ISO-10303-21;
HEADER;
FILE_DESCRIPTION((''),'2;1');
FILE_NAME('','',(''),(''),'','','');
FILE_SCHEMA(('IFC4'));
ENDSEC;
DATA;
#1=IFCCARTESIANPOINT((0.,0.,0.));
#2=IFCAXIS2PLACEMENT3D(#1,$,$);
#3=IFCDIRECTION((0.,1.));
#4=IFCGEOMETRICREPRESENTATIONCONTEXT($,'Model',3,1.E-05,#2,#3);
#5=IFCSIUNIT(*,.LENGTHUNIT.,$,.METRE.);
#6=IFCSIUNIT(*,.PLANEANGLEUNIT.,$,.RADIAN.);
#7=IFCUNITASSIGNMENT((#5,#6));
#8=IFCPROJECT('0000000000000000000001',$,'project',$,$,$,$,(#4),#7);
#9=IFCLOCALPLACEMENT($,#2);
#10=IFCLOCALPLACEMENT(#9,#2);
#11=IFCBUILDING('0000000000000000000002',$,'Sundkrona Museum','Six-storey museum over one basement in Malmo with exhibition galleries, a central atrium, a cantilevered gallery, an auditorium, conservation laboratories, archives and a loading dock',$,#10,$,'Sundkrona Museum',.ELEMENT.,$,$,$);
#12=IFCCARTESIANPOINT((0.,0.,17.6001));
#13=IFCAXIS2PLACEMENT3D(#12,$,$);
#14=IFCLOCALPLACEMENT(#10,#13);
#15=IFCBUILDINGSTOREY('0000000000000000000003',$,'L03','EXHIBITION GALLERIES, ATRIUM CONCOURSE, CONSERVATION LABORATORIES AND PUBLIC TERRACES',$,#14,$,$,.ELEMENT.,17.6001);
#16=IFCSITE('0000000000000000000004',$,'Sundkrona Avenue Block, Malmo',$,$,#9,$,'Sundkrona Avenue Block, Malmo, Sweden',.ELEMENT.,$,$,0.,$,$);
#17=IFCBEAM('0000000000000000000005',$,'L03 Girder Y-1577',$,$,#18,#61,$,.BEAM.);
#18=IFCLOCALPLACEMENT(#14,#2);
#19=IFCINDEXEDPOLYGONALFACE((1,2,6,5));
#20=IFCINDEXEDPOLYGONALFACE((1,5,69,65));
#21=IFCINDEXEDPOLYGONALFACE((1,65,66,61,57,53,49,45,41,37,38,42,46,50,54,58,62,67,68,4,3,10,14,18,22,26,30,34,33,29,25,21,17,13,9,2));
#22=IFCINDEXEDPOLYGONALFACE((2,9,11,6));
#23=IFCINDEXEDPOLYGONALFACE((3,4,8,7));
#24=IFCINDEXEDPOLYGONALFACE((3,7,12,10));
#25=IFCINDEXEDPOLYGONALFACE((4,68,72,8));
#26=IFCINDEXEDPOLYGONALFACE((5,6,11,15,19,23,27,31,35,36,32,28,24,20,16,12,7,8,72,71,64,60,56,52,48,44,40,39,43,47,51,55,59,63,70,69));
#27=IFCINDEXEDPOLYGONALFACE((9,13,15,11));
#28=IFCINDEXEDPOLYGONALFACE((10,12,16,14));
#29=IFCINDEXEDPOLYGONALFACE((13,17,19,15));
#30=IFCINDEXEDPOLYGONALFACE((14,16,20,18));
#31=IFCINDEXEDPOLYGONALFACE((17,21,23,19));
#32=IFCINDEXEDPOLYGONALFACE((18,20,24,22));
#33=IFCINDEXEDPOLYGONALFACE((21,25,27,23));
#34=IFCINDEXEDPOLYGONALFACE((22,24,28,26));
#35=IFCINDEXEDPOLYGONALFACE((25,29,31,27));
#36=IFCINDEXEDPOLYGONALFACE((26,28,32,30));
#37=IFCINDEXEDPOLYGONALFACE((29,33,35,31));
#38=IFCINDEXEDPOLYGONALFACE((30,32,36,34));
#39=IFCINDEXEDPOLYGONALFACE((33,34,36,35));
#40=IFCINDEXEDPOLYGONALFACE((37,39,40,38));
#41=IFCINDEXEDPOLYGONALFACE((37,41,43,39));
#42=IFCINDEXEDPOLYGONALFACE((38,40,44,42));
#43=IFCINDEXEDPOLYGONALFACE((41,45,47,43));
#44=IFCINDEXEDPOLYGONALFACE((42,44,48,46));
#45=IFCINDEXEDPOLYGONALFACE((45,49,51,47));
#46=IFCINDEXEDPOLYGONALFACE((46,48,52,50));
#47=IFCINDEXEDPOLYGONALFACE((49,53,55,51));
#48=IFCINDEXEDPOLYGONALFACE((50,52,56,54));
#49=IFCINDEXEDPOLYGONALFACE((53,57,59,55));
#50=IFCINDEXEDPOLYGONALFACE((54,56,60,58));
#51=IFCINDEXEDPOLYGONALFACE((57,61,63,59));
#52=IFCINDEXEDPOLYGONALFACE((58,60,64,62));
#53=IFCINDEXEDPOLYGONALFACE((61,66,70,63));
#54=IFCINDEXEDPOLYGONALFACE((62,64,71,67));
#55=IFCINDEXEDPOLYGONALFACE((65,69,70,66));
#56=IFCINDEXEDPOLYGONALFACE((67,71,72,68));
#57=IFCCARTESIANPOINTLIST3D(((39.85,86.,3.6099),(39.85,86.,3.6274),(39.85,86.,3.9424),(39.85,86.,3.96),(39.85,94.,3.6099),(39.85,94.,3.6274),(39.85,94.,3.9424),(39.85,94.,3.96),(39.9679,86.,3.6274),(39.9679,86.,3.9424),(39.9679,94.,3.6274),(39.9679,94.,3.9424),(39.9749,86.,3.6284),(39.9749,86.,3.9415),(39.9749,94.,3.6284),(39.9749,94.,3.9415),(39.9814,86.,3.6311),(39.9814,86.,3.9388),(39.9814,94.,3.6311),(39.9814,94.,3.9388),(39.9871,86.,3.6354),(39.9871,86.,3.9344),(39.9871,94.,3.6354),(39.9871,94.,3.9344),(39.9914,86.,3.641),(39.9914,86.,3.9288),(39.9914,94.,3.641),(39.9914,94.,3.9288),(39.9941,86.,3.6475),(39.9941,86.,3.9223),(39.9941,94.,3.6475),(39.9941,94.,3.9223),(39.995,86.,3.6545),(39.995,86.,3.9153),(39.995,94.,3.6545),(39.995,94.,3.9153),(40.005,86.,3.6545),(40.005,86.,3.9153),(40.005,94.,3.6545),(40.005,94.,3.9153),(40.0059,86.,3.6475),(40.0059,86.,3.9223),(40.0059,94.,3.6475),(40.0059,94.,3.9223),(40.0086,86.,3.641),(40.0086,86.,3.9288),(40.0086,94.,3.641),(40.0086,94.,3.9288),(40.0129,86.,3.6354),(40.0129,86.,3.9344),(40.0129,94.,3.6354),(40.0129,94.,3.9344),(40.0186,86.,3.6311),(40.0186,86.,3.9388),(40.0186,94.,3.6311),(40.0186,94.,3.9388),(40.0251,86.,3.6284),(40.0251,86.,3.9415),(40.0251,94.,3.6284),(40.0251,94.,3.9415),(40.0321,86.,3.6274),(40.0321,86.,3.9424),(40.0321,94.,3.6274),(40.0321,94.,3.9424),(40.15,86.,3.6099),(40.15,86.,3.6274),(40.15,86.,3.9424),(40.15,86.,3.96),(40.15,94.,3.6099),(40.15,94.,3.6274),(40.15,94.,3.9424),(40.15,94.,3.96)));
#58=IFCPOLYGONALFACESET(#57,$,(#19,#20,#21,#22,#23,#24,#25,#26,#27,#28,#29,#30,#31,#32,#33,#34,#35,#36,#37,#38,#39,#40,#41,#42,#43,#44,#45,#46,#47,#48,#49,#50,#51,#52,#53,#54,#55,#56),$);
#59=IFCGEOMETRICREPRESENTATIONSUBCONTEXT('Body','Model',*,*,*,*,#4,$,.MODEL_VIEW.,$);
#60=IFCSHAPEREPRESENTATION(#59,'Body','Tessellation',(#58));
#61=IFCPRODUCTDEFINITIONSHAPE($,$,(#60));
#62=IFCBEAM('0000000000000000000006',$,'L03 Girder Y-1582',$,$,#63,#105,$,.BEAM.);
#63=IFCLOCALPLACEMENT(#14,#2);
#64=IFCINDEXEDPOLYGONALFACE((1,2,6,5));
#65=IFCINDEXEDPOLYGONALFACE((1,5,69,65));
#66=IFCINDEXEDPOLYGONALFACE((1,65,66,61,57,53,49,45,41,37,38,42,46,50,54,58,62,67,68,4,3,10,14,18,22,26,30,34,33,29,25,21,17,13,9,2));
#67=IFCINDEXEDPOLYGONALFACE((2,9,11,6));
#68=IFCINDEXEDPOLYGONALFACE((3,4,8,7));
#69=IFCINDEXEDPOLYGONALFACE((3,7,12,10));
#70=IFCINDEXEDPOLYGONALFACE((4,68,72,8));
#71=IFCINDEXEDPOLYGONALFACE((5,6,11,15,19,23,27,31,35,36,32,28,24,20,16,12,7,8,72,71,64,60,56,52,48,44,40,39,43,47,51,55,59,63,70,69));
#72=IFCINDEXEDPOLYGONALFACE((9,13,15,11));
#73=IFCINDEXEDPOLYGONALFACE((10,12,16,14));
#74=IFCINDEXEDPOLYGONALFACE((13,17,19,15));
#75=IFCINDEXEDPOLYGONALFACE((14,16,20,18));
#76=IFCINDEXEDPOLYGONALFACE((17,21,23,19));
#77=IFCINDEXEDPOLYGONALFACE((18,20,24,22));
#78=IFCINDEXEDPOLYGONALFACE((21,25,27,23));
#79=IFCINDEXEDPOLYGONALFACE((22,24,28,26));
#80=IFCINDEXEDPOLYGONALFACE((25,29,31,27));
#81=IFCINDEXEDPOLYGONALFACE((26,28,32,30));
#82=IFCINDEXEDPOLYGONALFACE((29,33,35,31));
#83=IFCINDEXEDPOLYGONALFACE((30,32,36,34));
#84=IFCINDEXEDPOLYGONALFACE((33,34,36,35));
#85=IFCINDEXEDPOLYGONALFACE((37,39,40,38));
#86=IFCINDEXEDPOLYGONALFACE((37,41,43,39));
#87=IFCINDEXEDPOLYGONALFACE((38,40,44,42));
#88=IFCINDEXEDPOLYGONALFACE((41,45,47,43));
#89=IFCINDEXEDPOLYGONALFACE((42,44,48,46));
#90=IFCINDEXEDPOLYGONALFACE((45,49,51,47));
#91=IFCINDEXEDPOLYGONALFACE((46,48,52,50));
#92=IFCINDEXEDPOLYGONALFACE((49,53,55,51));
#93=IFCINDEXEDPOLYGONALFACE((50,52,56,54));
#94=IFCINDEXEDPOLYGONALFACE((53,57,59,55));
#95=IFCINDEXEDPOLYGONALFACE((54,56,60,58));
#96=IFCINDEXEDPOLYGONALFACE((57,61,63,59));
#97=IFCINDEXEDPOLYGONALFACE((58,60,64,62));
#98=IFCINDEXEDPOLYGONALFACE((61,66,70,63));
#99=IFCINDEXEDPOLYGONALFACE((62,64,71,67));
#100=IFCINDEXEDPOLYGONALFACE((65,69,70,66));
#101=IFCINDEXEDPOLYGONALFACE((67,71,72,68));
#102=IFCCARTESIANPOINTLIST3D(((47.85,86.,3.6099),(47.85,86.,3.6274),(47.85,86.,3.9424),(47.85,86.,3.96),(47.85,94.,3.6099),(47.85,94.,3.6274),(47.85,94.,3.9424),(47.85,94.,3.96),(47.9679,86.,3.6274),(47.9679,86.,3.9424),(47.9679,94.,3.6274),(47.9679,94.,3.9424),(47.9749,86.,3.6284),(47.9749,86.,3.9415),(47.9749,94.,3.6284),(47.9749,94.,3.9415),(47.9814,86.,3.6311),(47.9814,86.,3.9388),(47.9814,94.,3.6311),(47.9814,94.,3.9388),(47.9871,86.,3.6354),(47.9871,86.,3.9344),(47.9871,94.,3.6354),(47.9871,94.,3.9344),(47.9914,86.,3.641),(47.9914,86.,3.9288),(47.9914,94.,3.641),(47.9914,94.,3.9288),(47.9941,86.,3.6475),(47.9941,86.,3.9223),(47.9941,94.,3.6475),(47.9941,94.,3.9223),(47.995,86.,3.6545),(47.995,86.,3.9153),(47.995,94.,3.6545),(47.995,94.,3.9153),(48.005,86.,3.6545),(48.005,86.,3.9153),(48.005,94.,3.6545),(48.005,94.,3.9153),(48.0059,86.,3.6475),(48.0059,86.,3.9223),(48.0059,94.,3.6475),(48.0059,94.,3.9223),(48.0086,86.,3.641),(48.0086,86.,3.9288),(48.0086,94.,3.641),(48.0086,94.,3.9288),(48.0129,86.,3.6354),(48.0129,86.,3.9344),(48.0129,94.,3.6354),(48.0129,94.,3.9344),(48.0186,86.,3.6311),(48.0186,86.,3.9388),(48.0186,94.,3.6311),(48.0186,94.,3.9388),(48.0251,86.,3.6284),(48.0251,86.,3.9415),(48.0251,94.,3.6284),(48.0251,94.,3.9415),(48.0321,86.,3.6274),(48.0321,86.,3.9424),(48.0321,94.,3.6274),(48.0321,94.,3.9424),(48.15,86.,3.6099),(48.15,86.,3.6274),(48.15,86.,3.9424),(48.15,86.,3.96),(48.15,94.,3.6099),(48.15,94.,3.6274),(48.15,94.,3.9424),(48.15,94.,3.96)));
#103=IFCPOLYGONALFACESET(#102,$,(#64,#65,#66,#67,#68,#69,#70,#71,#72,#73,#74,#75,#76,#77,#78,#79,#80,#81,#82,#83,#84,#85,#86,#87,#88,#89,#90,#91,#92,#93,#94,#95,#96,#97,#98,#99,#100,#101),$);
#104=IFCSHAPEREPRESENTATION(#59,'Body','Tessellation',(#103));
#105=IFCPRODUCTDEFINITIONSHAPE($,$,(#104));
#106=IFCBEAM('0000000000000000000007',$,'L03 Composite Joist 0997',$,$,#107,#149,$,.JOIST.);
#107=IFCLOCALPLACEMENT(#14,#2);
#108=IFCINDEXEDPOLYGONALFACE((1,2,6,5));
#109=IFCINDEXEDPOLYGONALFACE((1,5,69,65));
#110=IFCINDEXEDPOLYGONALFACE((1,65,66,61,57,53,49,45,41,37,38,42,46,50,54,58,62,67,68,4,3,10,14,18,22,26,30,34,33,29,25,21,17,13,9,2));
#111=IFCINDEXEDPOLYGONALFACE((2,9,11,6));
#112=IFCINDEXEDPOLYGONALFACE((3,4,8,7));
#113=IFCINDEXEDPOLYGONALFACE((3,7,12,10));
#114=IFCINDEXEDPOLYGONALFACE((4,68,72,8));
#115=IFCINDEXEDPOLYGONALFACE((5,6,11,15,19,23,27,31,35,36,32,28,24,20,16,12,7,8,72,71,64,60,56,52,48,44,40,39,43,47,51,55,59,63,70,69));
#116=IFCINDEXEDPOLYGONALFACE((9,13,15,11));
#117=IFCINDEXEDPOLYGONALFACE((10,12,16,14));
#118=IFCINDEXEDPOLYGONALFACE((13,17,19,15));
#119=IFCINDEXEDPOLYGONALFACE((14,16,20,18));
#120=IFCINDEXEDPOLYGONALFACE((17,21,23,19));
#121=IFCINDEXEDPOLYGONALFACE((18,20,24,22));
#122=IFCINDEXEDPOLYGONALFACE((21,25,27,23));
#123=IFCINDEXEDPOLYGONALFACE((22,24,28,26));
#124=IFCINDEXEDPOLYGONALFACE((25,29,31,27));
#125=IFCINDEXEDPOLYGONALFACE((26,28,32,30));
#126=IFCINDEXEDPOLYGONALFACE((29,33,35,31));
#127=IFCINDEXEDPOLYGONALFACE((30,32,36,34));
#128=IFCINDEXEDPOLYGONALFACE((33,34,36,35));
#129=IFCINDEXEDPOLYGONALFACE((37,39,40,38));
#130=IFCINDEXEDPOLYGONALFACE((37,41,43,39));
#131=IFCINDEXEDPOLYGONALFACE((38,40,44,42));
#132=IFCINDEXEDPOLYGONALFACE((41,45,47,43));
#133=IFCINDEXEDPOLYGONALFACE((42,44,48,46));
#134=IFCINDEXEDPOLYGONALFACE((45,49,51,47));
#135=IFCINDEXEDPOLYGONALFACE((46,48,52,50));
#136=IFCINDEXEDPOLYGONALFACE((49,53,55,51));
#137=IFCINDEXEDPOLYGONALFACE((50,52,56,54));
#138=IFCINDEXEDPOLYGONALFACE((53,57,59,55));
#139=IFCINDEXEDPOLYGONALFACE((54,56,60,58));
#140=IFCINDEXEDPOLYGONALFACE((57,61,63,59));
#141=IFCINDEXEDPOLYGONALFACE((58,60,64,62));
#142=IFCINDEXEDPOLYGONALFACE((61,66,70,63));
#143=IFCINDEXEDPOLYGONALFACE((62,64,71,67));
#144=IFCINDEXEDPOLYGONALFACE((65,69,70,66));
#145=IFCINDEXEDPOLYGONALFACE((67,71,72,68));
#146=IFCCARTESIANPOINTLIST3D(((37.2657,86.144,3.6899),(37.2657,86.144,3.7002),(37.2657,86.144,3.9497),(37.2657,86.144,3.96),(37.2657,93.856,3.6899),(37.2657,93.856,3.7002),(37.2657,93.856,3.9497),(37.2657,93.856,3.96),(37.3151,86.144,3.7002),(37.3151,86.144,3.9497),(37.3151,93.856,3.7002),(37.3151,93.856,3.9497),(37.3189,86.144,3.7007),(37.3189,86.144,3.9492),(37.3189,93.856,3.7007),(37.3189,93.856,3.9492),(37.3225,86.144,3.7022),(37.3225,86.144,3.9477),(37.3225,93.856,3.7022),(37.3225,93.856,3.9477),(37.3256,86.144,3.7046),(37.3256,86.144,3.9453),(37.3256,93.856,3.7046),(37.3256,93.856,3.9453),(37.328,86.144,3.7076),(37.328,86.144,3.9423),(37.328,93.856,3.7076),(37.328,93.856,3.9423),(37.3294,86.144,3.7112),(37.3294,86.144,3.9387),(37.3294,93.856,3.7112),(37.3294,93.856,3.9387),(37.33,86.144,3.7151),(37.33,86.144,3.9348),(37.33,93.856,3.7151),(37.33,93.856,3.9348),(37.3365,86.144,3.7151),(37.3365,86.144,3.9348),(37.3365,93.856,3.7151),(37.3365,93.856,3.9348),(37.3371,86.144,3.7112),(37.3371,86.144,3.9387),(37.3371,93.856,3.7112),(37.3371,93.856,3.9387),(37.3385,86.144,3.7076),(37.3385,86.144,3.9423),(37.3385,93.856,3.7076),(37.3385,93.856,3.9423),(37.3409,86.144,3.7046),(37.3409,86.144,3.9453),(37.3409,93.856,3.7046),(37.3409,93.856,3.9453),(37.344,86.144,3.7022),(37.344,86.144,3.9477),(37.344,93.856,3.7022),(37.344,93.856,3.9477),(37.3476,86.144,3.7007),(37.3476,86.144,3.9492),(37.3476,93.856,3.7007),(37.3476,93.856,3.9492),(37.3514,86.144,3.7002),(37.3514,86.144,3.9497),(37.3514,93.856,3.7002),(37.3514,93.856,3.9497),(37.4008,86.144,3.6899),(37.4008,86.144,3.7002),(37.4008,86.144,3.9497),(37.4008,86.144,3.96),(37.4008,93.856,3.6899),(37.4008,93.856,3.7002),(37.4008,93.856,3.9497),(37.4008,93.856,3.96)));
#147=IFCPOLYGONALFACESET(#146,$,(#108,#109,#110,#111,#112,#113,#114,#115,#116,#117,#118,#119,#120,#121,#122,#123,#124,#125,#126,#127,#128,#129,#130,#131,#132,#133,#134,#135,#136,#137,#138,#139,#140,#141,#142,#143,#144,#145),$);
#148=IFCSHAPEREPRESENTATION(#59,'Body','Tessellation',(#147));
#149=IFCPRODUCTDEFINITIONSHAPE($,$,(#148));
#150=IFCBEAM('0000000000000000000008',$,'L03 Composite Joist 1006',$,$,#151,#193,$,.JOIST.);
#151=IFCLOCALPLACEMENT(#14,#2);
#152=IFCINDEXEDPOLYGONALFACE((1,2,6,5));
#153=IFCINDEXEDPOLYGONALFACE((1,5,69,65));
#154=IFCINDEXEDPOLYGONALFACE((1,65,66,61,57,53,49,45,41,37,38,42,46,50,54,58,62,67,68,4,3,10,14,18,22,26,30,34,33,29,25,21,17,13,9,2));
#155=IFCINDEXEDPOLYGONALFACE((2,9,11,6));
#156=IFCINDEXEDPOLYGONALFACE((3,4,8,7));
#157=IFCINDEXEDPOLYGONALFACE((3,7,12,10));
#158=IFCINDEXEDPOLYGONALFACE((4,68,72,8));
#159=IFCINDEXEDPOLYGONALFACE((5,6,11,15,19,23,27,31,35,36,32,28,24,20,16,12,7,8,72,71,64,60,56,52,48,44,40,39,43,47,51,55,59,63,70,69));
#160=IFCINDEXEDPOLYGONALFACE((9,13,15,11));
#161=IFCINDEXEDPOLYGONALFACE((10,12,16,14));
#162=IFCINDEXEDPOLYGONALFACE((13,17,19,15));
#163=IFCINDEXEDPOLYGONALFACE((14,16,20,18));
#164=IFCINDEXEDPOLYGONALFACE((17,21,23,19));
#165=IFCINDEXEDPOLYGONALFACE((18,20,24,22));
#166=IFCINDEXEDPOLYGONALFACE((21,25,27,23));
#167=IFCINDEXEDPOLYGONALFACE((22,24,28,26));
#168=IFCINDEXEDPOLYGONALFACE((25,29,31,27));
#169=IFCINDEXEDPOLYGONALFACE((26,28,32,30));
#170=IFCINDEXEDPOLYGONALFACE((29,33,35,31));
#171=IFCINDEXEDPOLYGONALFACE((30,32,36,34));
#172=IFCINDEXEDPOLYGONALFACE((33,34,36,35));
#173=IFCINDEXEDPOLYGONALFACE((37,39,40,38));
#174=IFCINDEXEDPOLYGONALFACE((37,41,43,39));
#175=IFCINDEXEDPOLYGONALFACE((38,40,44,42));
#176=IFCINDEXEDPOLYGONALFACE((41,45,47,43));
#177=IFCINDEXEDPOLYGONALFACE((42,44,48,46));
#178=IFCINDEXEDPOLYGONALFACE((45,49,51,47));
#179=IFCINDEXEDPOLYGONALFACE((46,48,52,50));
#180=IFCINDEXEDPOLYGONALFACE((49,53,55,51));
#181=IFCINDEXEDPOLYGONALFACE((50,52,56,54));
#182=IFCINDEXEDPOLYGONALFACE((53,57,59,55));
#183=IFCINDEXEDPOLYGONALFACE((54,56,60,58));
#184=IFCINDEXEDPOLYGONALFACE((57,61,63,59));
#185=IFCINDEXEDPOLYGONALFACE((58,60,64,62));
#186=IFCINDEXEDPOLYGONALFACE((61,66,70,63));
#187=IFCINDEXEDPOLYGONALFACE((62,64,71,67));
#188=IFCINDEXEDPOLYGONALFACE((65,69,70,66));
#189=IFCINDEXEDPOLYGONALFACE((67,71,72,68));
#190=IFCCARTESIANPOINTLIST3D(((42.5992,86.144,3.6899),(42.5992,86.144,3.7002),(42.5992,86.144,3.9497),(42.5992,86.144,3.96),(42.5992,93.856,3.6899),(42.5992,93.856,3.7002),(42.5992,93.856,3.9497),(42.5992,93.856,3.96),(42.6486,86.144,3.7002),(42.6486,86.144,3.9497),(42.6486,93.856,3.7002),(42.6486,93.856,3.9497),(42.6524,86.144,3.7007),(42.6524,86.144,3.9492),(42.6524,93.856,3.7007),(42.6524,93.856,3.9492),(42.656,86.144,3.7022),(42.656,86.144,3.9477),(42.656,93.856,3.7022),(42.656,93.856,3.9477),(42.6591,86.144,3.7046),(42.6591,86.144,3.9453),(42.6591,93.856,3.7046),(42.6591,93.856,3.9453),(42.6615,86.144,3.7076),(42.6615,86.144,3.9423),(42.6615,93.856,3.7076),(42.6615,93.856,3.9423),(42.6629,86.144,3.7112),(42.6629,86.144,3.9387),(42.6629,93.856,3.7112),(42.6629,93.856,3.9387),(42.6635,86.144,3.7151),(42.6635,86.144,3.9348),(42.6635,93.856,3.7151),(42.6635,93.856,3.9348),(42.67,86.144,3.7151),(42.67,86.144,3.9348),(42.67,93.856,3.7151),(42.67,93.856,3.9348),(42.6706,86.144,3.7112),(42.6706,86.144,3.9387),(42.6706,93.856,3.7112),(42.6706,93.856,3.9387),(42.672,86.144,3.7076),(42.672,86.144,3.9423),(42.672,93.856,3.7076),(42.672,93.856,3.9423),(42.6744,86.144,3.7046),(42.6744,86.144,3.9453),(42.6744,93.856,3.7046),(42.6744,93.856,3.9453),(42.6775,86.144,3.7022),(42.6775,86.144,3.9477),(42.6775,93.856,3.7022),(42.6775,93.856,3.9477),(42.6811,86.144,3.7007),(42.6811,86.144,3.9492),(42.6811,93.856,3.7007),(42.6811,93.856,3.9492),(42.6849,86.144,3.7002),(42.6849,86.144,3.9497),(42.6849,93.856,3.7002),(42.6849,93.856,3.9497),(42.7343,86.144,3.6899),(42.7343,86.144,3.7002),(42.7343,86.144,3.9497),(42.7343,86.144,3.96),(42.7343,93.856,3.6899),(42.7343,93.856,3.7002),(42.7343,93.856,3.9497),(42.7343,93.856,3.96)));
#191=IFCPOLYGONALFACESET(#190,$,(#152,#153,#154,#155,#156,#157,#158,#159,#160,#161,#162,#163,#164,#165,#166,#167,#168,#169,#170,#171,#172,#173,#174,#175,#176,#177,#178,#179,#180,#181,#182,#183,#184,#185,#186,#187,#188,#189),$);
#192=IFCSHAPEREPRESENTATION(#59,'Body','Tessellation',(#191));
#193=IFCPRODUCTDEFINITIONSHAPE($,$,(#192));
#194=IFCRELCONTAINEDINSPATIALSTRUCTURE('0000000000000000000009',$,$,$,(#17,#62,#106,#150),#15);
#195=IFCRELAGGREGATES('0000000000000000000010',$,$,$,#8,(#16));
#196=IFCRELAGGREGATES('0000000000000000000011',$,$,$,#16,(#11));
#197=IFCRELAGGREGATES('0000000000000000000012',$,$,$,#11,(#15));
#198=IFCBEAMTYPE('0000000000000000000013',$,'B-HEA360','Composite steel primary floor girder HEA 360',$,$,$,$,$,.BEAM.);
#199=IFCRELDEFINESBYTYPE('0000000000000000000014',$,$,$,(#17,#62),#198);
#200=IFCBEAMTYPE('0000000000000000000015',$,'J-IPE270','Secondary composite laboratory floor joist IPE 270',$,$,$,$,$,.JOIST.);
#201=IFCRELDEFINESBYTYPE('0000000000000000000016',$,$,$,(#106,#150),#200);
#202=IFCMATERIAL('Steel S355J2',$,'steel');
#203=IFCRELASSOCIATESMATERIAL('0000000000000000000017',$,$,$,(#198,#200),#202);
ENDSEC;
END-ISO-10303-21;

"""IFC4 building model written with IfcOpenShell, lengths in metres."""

from ifc_helpers import new_model, si_unit, direction, frame, origin, origin_2d, place, context, subcontext, project, spatial, i_section, extrude, material, material_profile, profile_set, type_object, element, save


model = new_model("IFC4")

# Units and contexts
model_context = context("Model", 3, precision=1e-05, world=origin(), true_north=direction((0.0, 1.0)))
body_context = subcontext(model_context, "Body", "Model", "MODEL_VIEW")
ifc_project = project(units=[si_unit("LENGTHUNIT", "METRE"), si_unit("PLANEANGLEUNIT", "RADIAN")], contexts=[model_context])

# Site, building, storey
site_placement = place(None, origin())
site = spatial("IfcSite", under=ifc_project, at=site_placement, Name="Sundkrona Avenue Block, Malmo", LongName="Sundkrona Avenue Block, Malmo, Sweden", CompositionType="ELEMENT", RefElevation=0.0)
building_placement = place(site_placement, origin())
building = spatial("IfcBuilding", under=site, at=building_placement, Name="Sundkrona Museum", Description="Six-storey museum over one basement in Malmo with exhibition galleries, a central atrium, a cantilevered gallery, an auditorium, conservation laboratories, archives and a loading dock", LongName="Sundkrona Museum", CompositionType="ELEMENT")
storey_placement = place(building_placement, frame((0.0, 0.0, 17.6001)))
storey = spatial("IfcBuildingStorey", under=building, at=storey_placement, Name="L03", Description="EXHIBITION GALLERIES, ATRIUM CONCOURSE, CONSERVATION LABORATORIES AND PUBLIC TERRACES", CompositionType="ELEMENT", Elevation=17.6001)

# Shared definitions
ifc_material_1 = material(Name="Steel S355J2", Category="steel")

# Beams
ifc_material_profile_1 = material_profile(ifc_material_1, i_section(OverallWidth=0.3, OverallDepth=0.3501, WebThickness=0.01, FlangeThickness=0.0176, FilletRadius=0.0271, at=origin_2d()), Name="HEA 360")
ifc_profile_set_1 = profile_set([ifc_material_profile_1], Name="Steel S355J2")
beam_type_1 = type_object("IfcBeamType", Name="B-HEA360", Description="Composite steel primary floor girder HEA 360", PredefinedType="BEAM", material=ifc_profile_set_1)
for number, where, z_axis, x_axis, name in (
    (1, (40.0, 86.0, 3.7849), (0.0, 1.0, 0.0), (-1.0, 0.0, 0.0), "L03 Girder Y-1577"),
    (2, (48.0, 86.0, 3.7849), (0.0, 1.0, 0.0), (-1.0, 0.0, 0.0), "L03 Girder Y-1582"),
):
    element("IfcBeam", number, at=place(storey_placement, frame(where, z_axis=z_axis, x_axis=x_axis)), inside=storey, type_object=beam_type_1, Name=name, PredefinedType="BEAM", context=body_context, shape_type="SweptSolid", body=[
        extrude(i_section(OverallWidth=0.3, OverallDepth=0.3501, WebThickness=0.01, FlangeThickness=0.0176, FilletRadius=0.0271, at=origin_2d()), origin(), (0.0, 0.0, 1.0), 8.0),
    ])
ifc_material_profile_2 = material_profile(ifc_material_1, i_section(OverallWidth=0.135, OverallDepth=0.27, WebThickness=0.0066, FlangeThickness=0.0103, FilletRadius=0.0149, at=origin_2d()), Name="IPE 270")
ifc_profile_set_2 = profile_set([ifc_material_profile_2], Name="Steel S355J2")
beam_type_2 = type_object("IfcBeamType", Name="J-IPE270", Description="Secondary composite laboratory floor joist IPE 270", PredefinedType="JOIST", material=ifc_profile_set_2)
for number, where, z_axis, x_axis, name in (
    (3, (37.3333, 86.144, 3.825), (0.0, 1.0, 0.0), (-1.0, 0.0, 0.0), "L03 Composite Joist 0997"),
    (4, (42.6667, 86.144, 3.825), (0.0, 1.0, 0.0), (-1.0, 0.0, 0.0), "L03 Composite Joist 1006"),
):
    element("IfcBeam", number, at=place(storey_placement, frame(where, z_axis=z_axis, x_axis=x_axis)), inside=storey, type_object=beam_type_2, Name=name, PredefinedType="JOIST", context=body_context, shape_type="SweptSolid", body=[
        extrude(i_section(OverallWidth=0.135, OverallDepth=0.27, WebThickness=0.0066, FlangeThickness=0.0103, FilletRadius=0.0149, at=origin_2d()), origin(), (0.0, 0.0, 1.0), 7.7119),
    ])

save(model, "model.ifc")
